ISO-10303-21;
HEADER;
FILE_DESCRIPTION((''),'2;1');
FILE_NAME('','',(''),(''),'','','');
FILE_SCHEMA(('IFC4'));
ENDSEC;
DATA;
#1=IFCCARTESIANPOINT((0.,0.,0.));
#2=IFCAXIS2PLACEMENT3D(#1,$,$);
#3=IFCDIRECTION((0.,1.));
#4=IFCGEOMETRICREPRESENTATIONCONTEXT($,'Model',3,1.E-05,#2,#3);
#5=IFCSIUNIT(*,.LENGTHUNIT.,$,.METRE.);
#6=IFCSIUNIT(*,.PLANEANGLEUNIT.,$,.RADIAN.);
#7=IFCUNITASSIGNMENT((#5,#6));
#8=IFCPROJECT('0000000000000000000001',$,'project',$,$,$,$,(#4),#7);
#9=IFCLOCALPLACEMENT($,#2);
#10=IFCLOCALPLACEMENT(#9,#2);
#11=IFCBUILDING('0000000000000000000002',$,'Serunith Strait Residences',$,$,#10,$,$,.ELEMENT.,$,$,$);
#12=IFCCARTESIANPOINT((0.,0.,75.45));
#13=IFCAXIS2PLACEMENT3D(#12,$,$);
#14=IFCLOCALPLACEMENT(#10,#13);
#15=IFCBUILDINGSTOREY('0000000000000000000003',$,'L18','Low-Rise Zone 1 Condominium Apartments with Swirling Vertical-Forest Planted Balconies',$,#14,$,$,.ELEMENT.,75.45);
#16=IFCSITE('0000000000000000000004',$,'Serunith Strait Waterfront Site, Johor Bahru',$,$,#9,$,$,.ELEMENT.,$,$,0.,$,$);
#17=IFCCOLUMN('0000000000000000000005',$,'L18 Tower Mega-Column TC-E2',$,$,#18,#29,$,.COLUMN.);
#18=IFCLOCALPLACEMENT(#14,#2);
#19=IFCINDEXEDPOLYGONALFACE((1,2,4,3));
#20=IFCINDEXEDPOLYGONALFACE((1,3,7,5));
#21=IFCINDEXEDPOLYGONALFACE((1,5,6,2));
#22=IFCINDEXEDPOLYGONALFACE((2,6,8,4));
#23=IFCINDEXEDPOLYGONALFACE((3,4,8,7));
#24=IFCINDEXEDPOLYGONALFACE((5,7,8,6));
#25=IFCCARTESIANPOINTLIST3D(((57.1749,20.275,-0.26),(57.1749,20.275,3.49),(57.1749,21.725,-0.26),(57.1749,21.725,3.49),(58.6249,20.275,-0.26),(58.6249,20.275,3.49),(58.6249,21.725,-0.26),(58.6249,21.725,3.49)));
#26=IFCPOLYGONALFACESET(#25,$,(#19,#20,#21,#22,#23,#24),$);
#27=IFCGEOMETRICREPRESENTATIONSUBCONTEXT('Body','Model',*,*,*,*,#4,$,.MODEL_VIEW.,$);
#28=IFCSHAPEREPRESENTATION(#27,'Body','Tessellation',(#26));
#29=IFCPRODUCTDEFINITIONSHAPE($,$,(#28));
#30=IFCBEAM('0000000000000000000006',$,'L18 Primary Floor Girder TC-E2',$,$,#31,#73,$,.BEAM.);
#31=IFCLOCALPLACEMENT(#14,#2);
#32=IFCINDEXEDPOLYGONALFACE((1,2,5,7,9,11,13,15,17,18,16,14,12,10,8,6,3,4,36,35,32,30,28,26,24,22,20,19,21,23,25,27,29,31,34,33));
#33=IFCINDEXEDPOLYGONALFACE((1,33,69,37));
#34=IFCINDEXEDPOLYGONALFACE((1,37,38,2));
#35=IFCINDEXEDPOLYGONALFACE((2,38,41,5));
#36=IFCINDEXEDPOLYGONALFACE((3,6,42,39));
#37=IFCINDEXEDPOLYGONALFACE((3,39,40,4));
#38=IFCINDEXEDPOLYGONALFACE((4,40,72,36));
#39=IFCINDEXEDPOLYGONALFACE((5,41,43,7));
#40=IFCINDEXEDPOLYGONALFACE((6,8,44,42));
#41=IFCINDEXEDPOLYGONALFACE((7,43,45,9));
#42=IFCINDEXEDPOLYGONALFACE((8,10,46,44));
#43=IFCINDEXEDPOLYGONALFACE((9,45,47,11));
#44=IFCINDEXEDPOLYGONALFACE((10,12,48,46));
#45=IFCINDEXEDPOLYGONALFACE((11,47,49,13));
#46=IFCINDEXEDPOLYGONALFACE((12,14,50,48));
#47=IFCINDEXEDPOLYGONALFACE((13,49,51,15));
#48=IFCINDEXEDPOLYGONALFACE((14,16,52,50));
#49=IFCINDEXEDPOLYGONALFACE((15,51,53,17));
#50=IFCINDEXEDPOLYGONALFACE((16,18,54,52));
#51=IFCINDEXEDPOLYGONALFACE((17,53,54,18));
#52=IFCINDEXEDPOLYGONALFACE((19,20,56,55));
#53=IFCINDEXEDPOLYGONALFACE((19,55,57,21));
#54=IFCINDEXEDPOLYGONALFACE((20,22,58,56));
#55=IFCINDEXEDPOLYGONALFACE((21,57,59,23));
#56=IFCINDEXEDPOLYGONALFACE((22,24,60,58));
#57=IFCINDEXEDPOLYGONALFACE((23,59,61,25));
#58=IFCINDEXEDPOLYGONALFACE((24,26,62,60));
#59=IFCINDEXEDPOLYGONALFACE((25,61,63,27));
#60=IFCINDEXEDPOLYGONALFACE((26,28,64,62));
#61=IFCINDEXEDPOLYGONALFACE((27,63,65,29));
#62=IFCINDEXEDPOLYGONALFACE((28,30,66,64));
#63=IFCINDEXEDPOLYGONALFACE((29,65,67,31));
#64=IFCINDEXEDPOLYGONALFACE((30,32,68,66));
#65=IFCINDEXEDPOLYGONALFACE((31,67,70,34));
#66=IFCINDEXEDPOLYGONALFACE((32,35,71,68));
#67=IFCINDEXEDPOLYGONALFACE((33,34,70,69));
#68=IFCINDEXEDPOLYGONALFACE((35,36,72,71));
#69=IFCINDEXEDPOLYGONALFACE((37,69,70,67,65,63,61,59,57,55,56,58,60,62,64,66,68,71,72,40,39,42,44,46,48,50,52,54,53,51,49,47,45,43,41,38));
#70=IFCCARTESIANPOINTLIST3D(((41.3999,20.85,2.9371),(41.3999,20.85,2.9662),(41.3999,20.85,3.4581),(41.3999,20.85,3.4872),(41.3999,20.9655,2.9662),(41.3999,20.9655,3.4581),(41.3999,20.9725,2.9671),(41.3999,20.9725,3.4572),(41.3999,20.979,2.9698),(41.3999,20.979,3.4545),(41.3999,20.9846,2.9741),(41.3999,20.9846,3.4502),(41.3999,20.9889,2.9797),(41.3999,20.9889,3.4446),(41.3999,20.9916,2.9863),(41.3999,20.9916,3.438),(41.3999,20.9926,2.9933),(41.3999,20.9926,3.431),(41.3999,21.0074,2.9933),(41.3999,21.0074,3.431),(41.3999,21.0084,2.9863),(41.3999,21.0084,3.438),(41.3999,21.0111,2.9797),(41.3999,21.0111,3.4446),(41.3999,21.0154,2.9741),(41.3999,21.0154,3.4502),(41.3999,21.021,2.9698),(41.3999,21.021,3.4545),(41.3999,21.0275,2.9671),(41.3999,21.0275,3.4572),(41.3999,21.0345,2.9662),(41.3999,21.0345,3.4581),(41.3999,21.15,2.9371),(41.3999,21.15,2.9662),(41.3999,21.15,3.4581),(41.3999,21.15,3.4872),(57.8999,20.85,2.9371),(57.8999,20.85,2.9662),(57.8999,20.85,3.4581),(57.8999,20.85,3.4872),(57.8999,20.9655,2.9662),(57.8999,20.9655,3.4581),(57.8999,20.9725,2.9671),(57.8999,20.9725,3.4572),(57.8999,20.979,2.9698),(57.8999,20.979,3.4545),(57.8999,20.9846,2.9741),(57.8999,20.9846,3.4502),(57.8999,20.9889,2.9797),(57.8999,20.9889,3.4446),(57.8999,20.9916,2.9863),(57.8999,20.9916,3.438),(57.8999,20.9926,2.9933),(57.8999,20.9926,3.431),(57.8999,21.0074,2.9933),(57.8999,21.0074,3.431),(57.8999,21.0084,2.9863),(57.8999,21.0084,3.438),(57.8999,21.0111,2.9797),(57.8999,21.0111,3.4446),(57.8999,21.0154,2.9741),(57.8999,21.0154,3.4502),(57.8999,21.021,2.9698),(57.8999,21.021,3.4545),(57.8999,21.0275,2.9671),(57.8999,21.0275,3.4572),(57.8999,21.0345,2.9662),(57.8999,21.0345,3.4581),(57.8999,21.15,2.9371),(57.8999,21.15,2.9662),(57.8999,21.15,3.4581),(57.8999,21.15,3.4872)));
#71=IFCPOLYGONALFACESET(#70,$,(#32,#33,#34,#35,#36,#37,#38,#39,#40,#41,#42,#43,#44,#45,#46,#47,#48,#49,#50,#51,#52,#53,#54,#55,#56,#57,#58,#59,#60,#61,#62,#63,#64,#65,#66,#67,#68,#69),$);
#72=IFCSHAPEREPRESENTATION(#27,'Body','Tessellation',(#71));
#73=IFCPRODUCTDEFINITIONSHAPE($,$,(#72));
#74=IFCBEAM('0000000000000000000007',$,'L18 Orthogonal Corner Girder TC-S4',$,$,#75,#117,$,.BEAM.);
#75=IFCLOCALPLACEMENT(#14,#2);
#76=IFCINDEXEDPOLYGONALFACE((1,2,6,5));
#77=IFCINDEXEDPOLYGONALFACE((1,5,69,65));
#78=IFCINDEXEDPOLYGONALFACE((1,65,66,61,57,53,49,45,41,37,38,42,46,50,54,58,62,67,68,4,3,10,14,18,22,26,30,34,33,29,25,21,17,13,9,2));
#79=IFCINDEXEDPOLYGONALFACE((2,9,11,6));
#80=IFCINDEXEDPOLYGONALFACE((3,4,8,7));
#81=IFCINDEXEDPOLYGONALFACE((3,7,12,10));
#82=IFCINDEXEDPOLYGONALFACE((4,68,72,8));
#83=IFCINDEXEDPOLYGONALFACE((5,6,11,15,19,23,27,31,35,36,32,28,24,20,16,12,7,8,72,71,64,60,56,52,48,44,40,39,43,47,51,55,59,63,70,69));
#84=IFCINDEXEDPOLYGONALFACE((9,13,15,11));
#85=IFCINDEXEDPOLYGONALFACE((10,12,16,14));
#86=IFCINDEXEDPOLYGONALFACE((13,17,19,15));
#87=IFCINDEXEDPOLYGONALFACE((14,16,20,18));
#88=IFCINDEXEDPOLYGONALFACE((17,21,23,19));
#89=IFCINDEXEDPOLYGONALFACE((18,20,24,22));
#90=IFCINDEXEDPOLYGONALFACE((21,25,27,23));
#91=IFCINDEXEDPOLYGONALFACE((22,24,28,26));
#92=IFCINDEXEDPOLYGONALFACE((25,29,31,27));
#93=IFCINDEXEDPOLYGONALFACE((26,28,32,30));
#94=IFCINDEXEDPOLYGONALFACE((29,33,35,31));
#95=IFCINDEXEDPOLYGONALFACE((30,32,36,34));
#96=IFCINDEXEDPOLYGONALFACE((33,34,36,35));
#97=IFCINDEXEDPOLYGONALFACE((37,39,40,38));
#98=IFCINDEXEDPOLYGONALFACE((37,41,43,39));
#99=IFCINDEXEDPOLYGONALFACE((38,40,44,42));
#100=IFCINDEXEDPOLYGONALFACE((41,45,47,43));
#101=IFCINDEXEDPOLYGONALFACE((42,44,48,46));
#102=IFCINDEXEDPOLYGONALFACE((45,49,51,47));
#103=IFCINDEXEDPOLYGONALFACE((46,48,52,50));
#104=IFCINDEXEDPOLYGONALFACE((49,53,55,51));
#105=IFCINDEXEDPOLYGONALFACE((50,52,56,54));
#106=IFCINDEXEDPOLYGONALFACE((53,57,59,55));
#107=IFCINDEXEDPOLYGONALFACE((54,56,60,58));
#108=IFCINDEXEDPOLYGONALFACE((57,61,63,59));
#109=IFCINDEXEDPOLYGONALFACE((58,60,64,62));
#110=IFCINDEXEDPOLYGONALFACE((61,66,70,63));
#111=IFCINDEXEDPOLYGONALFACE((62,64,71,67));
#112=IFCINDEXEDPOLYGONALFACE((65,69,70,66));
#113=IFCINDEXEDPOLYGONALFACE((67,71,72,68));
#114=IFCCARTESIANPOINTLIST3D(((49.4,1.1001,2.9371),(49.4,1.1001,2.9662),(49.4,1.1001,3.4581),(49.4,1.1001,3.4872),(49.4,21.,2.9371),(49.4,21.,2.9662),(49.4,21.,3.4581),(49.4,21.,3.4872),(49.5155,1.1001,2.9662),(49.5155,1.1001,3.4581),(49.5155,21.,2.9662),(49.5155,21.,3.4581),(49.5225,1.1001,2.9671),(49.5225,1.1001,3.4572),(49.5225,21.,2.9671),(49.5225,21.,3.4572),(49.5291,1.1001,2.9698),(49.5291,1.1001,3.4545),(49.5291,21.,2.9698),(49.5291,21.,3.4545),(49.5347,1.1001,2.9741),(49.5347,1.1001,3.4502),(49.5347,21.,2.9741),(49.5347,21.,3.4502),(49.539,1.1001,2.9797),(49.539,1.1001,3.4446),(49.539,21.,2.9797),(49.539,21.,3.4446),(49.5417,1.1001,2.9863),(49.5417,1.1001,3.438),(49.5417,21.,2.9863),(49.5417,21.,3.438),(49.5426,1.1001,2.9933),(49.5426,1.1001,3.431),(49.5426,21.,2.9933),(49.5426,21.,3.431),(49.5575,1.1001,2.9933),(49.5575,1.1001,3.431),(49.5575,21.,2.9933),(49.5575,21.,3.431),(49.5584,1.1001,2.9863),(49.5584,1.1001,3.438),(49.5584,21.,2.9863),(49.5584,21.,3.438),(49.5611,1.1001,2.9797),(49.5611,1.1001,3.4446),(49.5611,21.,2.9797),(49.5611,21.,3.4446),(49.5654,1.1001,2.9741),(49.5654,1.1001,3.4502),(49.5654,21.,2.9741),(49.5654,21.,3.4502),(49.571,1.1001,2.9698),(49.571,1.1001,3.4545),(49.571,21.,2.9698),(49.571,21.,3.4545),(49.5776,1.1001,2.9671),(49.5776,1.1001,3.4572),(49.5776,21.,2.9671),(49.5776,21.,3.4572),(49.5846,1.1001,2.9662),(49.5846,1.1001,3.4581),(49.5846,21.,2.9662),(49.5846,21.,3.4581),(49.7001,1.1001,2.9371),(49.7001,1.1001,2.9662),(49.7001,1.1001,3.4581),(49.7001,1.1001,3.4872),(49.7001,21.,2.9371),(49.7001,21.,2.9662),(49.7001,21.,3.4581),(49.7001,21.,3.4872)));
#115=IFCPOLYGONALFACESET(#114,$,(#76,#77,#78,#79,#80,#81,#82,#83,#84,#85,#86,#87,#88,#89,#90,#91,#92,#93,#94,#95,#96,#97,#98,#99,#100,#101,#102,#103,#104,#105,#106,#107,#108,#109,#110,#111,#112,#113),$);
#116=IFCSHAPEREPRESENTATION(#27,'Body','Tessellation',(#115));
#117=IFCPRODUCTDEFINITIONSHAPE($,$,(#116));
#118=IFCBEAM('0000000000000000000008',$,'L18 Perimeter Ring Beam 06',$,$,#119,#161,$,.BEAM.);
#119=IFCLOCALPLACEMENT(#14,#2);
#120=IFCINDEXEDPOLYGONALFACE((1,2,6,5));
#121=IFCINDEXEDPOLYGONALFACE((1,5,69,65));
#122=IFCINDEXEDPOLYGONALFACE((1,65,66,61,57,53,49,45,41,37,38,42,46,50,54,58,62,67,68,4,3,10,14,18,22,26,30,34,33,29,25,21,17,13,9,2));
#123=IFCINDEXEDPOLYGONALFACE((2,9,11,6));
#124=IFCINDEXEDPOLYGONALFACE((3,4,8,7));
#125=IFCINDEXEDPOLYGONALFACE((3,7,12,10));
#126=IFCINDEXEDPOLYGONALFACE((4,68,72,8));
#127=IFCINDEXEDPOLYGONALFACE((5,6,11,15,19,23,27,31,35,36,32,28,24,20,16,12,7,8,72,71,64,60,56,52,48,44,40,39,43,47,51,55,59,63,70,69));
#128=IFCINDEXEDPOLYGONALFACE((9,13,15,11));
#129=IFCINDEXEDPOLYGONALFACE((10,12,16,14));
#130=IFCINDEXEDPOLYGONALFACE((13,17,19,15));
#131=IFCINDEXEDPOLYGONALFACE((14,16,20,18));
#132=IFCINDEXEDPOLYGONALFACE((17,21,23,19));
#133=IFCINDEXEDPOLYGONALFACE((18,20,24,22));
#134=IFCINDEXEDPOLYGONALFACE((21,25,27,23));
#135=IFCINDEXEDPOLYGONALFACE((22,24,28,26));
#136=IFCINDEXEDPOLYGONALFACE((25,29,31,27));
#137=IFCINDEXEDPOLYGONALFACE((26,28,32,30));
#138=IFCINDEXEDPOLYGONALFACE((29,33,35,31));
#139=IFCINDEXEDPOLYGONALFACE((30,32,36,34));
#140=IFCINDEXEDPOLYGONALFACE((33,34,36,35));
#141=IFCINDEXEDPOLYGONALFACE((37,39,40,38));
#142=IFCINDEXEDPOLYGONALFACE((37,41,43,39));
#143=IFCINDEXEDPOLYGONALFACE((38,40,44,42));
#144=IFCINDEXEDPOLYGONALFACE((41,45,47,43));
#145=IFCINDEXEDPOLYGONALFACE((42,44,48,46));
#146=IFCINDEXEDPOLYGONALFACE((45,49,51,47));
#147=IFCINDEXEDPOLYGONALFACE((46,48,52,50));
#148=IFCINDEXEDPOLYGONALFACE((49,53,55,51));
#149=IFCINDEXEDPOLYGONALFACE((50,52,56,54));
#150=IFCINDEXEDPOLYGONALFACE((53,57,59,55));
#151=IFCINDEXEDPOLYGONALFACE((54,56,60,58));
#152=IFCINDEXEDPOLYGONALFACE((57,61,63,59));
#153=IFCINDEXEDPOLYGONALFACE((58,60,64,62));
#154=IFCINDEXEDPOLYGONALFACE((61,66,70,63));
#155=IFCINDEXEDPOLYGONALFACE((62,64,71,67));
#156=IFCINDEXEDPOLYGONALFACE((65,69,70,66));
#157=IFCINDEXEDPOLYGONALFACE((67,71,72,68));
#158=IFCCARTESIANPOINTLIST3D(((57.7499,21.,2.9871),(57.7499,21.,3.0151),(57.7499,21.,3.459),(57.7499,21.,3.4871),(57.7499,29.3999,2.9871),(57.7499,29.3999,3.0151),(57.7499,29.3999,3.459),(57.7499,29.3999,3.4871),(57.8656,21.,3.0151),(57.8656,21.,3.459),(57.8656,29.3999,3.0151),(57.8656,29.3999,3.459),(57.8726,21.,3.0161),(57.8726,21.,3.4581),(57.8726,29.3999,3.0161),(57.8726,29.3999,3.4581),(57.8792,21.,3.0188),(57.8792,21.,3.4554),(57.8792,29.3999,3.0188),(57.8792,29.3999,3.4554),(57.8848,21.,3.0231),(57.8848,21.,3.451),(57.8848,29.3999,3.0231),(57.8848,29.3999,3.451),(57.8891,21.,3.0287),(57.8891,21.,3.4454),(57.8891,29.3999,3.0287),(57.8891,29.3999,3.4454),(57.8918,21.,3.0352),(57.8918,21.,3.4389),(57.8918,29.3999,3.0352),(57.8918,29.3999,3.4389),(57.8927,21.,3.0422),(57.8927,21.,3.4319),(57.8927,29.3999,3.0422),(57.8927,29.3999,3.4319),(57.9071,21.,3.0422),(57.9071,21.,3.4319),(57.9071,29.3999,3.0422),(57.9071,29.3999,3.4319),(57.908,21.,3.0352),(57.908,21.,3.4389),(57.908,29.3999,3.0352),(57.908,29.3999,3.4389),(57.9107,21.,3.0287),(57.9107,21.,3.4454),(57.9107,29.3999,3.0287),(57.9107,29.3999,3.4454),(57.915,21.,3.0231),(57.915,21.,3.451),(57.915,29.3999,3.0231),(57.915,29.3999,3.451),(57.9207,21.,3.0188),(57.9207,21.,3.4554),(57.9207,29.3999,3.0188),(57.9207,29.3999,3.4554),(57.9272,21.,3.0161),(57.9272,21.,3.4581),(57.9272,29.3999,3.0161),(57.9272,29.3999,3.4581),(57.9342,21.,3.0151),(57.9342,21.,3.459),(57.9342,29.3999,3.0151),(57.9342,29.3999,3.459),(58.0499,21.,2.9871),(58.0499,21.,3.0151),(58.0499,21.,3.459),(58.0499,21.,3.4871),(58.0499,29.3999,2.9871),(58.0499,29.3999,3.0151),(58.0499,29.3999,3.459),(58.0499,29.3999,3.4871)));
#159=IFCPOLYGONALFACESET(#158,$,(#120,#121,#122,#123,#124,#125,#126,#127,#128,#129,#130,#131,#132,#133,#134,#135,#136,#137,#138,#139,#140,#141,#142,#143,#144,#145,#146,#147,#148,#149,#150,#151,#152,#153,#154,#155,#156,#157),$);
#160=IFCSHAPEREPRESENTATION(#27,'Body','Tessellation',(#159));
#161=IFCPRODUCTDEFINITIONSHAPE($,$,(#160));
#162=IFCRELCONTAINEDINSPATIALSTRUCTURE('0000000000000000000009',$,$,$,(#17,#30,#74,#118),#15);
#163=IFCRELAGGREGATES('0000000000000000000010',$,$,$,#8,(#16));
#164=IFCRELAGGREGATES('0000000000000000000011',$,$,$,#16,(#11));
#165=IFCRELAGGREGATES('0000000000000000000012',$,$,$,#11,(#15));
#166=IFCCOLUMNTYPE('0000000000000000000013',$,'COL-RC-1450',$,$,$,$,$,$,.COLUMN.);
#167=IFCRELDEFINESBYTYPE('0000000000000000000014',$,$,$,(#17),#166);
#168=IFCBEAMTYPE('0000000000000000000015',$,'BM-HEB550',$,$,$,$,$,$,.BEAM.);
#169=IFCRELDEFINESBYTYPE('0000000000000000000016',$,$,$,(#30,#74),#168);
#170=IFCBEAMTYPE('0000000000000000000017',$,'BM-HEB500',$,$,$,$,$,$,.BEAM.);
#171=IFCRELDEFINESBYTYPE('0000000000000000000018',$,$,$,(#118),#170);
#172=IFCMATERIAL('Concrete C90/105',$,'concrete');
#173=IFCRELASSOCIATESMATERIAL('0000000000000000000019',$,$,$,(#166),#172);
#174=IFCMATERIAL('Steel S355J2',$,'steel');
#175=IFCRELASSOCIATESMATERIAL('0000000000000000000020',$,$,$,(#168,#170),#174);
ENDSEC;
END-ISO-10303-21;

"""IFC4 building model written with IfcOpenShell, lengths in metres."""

from ifc_helpers import new_model, si_unit, direction, frame, origin, origin_2d, place, context, subcontext, project, spatial, rectangle, i_section, extrude, source, transform, mapped, material, material_profile, profile_set, type_object, element, save


model = new_model("IFC4")

# Units and contexts
model_context = context("Model", 3, precision=1e-05, world=origin(), true_north=direction((0.0, 1.0)))
body_context = subcontext(model_context, "Body", "Model", "MODEL_VIEW")
ifc_project = project(units=[si_unit("LENGTHUNIT", "METRE"), si_unit("PLANEANGLEUNIT", "RADIAN")], contexts=[model_context])

# Site, building, storey
site_placement = place(None, origin())
site = spatial("IfcSite", under=ifc_project, at=site_placement, Name="Serunith Strait Waterfront Site, Johor Bahru", CompositionType="ELEMENT", RefElevation=0.0)
building_placement = place(site_placement, origin())
building = spatial("IfcBuilding", under=site, at=building_placement, Name="Serunith Strait Residences", CompositionType="ELEMENT")
storey_placement = place(building_placement, frame((0.0, 0.0, 75.45)))
storey = spatial("IfcBuildingStorey", under=building, at=storey_placement, Name="L18", Description="Low-Rise Zone 1 Condominium Apartments with Swirling Vertical-Forest Planted Balconies", CompositionType="ELEMENT", Elevation=75.45)

# Column
ifc_material_1 = material(Name="Concrete C90/105", Category="concrete")
ifc_material_profile_1 = material_profile(ifc_material_1, rectangle(XDim=1.45, YDim=1.45, at=origin_2d()), Name="RC 1450x1450")
ifc_profile_set_1 = profile_set([ifc_material_profile_1], Name="Concrete C90/105")
column_type = type_object("IfcColumnType", Name="COL-RC-1450", PredefinedType="COLUMN", material=ifc_profile_set_1)
shared_shape_1 = source(origin(), body_context, "Body", "SweptSolid", [
    extrude(rectangle(XDim=1.45, YDim=1.45, at=origin_2d()), origin(), (0.0, 0.0, 1.0), 3.75),
])
column_placement = place(storey_placement, frame((57.8999, 21.0, -0.26), z_axis=(0.0, 0.0, 1.0), x_axis=(1.0, 0.0, 0.0)))
element("IfcColumn", 1, at=column_placement, inside=storey, type_object=column_type, Name="L18 Tower Mega-Column TC-E2", PredefinedType="COLUMN", context=body_context, shape_type="MappedRepresentation", body=[
    mapped(shared_shape_1, transform((0.0, 0.0, 0.0), scale=1.0)),
])

# Beams
ifc_material_2 = material(Name="Steel S355J2", Category="steel")
ifc_material_profile_2 = material_profile(ifc_material_2, i_section(OverallWidth=0.3, OverallDepth=0.55, WebThickness=0.0149, FlangeThickness=0.0291, FilletRadius=0.0271, at=origin_2d()), Name="HEB 550")
ifc_profile_set_2 = profile_set([ifc_material_profile_2], Name="Steel S355J2")
beam_type_1 = type_object("IfcBeamType", Name="BM-HEB550", PredefinedType="BEAM", material=ifc_profile_set_2)
shared_shape_2 = source(origin(), body_context, "Body", "SweptSolid", [
    extrude(i_section(OverallWidth=0.3, OverallDepth=0.55, WebThickness=0.0149, FlangeThickness=0.0291, FilletRadius=0.0271, at=origin_2d()), origin(), (0.0, 0.0, 1.0), 16.5),
])
beam_1_placement = place(storey_placement, frame((41.3999, 21.0, 3.2122), z_axis=(1.0, 0.0, 0.0), x_axis=(0.0, 1.0, 0.0)))
element("IfcBeam", 2, at=beam_1_placement, inside=storey, type_object=beam_type_1, Name="L18 Primary Floor Girder TC-E2", PredefinedType="BEAM", context=body_context, shape_type="MappedRepresentation", body=[
    mapped(shared_shape_2, transform((0.0, 0.0, 0.0), scale=1.0)),
])
shared_shape_3 = source(origin(), body_context, "Body", "SweptSolid", [
    extrude(i_section(OverallWidth=0.3, OverallDepth=0.55, WebThickness=0.0149, FlangeThickness=0.0291, FilletRadius=0.0271, at=origin_2d()), origin(), (0.0, 0.0, 1.0), 19.8999),
])
beam_2_placement = place(storey_placement, frame((49.55, 21.0, 3.2122), z_axis=(0.0, -1.0, 0.0), x_axis=(1.0, 0.0, 0.0)))
element("IfcBeam", 3, at=beam_2_placement, inside=storey, type_object=beam_type_1, Name="L18 Orthogonal Corner Girder TC-S4", PredefinedType="BEAM", context=body_context, shape_type="MappedRepresentation", body=[
    mapped(shared_shape_3, transform((0.0, 0.0, 0.0), scale=1.0)),
])
ifc_material_profile_3 = material_profile(ifc_material_2, i_section(OverallWidth=0.3, OverallDepth=0.5, WebThickness=0.0144, FlangeThickness=0.0281, FilletRadius=0.0271, at=origin_2d()), Name="HEB 500")
ifc_profile_set_3 = profile_set([ifc_material_profile_3], Name="Steel S355J2")
beam_type_2 = type_object("IfcBeamType", Name="BM-HEB500", PredefinedType="BEAM", material=ifc_profile_set_3)
shared_shape_4 = source(origin(), body_context, "Body", "SweptSolid", [
    extrude(i_section(OverallWidth=0.3, OverallDepth=0.5, WebThickness=0.0144, FlangeThickness=0.0281, FilletRadius=0.0271, at=origin_2d()), origin(), (0.0, 0.0, 1.0), 8.3999),
])
beam_3_placement = place(storey_placement, frame((57.8999, 21.0, 3.2371), z_axis=(0.0, 1.0, 0.0), x_axis=(-1.0, 0.0, 0.0)))
element("IfcBeam", 4, at=beam_3_placement, inside=storey, type_object=beam_type_2, Name="L18 Perimeter Ring Beam 06", PredefinedType="BEAM", context=body_context, shape_type="MappedRepresentation", body=[
    mapped(shared_shape_4, transform((0.0, 0.0, 0.0), scale=1.0)),
])

save(model, "model.ifc")
